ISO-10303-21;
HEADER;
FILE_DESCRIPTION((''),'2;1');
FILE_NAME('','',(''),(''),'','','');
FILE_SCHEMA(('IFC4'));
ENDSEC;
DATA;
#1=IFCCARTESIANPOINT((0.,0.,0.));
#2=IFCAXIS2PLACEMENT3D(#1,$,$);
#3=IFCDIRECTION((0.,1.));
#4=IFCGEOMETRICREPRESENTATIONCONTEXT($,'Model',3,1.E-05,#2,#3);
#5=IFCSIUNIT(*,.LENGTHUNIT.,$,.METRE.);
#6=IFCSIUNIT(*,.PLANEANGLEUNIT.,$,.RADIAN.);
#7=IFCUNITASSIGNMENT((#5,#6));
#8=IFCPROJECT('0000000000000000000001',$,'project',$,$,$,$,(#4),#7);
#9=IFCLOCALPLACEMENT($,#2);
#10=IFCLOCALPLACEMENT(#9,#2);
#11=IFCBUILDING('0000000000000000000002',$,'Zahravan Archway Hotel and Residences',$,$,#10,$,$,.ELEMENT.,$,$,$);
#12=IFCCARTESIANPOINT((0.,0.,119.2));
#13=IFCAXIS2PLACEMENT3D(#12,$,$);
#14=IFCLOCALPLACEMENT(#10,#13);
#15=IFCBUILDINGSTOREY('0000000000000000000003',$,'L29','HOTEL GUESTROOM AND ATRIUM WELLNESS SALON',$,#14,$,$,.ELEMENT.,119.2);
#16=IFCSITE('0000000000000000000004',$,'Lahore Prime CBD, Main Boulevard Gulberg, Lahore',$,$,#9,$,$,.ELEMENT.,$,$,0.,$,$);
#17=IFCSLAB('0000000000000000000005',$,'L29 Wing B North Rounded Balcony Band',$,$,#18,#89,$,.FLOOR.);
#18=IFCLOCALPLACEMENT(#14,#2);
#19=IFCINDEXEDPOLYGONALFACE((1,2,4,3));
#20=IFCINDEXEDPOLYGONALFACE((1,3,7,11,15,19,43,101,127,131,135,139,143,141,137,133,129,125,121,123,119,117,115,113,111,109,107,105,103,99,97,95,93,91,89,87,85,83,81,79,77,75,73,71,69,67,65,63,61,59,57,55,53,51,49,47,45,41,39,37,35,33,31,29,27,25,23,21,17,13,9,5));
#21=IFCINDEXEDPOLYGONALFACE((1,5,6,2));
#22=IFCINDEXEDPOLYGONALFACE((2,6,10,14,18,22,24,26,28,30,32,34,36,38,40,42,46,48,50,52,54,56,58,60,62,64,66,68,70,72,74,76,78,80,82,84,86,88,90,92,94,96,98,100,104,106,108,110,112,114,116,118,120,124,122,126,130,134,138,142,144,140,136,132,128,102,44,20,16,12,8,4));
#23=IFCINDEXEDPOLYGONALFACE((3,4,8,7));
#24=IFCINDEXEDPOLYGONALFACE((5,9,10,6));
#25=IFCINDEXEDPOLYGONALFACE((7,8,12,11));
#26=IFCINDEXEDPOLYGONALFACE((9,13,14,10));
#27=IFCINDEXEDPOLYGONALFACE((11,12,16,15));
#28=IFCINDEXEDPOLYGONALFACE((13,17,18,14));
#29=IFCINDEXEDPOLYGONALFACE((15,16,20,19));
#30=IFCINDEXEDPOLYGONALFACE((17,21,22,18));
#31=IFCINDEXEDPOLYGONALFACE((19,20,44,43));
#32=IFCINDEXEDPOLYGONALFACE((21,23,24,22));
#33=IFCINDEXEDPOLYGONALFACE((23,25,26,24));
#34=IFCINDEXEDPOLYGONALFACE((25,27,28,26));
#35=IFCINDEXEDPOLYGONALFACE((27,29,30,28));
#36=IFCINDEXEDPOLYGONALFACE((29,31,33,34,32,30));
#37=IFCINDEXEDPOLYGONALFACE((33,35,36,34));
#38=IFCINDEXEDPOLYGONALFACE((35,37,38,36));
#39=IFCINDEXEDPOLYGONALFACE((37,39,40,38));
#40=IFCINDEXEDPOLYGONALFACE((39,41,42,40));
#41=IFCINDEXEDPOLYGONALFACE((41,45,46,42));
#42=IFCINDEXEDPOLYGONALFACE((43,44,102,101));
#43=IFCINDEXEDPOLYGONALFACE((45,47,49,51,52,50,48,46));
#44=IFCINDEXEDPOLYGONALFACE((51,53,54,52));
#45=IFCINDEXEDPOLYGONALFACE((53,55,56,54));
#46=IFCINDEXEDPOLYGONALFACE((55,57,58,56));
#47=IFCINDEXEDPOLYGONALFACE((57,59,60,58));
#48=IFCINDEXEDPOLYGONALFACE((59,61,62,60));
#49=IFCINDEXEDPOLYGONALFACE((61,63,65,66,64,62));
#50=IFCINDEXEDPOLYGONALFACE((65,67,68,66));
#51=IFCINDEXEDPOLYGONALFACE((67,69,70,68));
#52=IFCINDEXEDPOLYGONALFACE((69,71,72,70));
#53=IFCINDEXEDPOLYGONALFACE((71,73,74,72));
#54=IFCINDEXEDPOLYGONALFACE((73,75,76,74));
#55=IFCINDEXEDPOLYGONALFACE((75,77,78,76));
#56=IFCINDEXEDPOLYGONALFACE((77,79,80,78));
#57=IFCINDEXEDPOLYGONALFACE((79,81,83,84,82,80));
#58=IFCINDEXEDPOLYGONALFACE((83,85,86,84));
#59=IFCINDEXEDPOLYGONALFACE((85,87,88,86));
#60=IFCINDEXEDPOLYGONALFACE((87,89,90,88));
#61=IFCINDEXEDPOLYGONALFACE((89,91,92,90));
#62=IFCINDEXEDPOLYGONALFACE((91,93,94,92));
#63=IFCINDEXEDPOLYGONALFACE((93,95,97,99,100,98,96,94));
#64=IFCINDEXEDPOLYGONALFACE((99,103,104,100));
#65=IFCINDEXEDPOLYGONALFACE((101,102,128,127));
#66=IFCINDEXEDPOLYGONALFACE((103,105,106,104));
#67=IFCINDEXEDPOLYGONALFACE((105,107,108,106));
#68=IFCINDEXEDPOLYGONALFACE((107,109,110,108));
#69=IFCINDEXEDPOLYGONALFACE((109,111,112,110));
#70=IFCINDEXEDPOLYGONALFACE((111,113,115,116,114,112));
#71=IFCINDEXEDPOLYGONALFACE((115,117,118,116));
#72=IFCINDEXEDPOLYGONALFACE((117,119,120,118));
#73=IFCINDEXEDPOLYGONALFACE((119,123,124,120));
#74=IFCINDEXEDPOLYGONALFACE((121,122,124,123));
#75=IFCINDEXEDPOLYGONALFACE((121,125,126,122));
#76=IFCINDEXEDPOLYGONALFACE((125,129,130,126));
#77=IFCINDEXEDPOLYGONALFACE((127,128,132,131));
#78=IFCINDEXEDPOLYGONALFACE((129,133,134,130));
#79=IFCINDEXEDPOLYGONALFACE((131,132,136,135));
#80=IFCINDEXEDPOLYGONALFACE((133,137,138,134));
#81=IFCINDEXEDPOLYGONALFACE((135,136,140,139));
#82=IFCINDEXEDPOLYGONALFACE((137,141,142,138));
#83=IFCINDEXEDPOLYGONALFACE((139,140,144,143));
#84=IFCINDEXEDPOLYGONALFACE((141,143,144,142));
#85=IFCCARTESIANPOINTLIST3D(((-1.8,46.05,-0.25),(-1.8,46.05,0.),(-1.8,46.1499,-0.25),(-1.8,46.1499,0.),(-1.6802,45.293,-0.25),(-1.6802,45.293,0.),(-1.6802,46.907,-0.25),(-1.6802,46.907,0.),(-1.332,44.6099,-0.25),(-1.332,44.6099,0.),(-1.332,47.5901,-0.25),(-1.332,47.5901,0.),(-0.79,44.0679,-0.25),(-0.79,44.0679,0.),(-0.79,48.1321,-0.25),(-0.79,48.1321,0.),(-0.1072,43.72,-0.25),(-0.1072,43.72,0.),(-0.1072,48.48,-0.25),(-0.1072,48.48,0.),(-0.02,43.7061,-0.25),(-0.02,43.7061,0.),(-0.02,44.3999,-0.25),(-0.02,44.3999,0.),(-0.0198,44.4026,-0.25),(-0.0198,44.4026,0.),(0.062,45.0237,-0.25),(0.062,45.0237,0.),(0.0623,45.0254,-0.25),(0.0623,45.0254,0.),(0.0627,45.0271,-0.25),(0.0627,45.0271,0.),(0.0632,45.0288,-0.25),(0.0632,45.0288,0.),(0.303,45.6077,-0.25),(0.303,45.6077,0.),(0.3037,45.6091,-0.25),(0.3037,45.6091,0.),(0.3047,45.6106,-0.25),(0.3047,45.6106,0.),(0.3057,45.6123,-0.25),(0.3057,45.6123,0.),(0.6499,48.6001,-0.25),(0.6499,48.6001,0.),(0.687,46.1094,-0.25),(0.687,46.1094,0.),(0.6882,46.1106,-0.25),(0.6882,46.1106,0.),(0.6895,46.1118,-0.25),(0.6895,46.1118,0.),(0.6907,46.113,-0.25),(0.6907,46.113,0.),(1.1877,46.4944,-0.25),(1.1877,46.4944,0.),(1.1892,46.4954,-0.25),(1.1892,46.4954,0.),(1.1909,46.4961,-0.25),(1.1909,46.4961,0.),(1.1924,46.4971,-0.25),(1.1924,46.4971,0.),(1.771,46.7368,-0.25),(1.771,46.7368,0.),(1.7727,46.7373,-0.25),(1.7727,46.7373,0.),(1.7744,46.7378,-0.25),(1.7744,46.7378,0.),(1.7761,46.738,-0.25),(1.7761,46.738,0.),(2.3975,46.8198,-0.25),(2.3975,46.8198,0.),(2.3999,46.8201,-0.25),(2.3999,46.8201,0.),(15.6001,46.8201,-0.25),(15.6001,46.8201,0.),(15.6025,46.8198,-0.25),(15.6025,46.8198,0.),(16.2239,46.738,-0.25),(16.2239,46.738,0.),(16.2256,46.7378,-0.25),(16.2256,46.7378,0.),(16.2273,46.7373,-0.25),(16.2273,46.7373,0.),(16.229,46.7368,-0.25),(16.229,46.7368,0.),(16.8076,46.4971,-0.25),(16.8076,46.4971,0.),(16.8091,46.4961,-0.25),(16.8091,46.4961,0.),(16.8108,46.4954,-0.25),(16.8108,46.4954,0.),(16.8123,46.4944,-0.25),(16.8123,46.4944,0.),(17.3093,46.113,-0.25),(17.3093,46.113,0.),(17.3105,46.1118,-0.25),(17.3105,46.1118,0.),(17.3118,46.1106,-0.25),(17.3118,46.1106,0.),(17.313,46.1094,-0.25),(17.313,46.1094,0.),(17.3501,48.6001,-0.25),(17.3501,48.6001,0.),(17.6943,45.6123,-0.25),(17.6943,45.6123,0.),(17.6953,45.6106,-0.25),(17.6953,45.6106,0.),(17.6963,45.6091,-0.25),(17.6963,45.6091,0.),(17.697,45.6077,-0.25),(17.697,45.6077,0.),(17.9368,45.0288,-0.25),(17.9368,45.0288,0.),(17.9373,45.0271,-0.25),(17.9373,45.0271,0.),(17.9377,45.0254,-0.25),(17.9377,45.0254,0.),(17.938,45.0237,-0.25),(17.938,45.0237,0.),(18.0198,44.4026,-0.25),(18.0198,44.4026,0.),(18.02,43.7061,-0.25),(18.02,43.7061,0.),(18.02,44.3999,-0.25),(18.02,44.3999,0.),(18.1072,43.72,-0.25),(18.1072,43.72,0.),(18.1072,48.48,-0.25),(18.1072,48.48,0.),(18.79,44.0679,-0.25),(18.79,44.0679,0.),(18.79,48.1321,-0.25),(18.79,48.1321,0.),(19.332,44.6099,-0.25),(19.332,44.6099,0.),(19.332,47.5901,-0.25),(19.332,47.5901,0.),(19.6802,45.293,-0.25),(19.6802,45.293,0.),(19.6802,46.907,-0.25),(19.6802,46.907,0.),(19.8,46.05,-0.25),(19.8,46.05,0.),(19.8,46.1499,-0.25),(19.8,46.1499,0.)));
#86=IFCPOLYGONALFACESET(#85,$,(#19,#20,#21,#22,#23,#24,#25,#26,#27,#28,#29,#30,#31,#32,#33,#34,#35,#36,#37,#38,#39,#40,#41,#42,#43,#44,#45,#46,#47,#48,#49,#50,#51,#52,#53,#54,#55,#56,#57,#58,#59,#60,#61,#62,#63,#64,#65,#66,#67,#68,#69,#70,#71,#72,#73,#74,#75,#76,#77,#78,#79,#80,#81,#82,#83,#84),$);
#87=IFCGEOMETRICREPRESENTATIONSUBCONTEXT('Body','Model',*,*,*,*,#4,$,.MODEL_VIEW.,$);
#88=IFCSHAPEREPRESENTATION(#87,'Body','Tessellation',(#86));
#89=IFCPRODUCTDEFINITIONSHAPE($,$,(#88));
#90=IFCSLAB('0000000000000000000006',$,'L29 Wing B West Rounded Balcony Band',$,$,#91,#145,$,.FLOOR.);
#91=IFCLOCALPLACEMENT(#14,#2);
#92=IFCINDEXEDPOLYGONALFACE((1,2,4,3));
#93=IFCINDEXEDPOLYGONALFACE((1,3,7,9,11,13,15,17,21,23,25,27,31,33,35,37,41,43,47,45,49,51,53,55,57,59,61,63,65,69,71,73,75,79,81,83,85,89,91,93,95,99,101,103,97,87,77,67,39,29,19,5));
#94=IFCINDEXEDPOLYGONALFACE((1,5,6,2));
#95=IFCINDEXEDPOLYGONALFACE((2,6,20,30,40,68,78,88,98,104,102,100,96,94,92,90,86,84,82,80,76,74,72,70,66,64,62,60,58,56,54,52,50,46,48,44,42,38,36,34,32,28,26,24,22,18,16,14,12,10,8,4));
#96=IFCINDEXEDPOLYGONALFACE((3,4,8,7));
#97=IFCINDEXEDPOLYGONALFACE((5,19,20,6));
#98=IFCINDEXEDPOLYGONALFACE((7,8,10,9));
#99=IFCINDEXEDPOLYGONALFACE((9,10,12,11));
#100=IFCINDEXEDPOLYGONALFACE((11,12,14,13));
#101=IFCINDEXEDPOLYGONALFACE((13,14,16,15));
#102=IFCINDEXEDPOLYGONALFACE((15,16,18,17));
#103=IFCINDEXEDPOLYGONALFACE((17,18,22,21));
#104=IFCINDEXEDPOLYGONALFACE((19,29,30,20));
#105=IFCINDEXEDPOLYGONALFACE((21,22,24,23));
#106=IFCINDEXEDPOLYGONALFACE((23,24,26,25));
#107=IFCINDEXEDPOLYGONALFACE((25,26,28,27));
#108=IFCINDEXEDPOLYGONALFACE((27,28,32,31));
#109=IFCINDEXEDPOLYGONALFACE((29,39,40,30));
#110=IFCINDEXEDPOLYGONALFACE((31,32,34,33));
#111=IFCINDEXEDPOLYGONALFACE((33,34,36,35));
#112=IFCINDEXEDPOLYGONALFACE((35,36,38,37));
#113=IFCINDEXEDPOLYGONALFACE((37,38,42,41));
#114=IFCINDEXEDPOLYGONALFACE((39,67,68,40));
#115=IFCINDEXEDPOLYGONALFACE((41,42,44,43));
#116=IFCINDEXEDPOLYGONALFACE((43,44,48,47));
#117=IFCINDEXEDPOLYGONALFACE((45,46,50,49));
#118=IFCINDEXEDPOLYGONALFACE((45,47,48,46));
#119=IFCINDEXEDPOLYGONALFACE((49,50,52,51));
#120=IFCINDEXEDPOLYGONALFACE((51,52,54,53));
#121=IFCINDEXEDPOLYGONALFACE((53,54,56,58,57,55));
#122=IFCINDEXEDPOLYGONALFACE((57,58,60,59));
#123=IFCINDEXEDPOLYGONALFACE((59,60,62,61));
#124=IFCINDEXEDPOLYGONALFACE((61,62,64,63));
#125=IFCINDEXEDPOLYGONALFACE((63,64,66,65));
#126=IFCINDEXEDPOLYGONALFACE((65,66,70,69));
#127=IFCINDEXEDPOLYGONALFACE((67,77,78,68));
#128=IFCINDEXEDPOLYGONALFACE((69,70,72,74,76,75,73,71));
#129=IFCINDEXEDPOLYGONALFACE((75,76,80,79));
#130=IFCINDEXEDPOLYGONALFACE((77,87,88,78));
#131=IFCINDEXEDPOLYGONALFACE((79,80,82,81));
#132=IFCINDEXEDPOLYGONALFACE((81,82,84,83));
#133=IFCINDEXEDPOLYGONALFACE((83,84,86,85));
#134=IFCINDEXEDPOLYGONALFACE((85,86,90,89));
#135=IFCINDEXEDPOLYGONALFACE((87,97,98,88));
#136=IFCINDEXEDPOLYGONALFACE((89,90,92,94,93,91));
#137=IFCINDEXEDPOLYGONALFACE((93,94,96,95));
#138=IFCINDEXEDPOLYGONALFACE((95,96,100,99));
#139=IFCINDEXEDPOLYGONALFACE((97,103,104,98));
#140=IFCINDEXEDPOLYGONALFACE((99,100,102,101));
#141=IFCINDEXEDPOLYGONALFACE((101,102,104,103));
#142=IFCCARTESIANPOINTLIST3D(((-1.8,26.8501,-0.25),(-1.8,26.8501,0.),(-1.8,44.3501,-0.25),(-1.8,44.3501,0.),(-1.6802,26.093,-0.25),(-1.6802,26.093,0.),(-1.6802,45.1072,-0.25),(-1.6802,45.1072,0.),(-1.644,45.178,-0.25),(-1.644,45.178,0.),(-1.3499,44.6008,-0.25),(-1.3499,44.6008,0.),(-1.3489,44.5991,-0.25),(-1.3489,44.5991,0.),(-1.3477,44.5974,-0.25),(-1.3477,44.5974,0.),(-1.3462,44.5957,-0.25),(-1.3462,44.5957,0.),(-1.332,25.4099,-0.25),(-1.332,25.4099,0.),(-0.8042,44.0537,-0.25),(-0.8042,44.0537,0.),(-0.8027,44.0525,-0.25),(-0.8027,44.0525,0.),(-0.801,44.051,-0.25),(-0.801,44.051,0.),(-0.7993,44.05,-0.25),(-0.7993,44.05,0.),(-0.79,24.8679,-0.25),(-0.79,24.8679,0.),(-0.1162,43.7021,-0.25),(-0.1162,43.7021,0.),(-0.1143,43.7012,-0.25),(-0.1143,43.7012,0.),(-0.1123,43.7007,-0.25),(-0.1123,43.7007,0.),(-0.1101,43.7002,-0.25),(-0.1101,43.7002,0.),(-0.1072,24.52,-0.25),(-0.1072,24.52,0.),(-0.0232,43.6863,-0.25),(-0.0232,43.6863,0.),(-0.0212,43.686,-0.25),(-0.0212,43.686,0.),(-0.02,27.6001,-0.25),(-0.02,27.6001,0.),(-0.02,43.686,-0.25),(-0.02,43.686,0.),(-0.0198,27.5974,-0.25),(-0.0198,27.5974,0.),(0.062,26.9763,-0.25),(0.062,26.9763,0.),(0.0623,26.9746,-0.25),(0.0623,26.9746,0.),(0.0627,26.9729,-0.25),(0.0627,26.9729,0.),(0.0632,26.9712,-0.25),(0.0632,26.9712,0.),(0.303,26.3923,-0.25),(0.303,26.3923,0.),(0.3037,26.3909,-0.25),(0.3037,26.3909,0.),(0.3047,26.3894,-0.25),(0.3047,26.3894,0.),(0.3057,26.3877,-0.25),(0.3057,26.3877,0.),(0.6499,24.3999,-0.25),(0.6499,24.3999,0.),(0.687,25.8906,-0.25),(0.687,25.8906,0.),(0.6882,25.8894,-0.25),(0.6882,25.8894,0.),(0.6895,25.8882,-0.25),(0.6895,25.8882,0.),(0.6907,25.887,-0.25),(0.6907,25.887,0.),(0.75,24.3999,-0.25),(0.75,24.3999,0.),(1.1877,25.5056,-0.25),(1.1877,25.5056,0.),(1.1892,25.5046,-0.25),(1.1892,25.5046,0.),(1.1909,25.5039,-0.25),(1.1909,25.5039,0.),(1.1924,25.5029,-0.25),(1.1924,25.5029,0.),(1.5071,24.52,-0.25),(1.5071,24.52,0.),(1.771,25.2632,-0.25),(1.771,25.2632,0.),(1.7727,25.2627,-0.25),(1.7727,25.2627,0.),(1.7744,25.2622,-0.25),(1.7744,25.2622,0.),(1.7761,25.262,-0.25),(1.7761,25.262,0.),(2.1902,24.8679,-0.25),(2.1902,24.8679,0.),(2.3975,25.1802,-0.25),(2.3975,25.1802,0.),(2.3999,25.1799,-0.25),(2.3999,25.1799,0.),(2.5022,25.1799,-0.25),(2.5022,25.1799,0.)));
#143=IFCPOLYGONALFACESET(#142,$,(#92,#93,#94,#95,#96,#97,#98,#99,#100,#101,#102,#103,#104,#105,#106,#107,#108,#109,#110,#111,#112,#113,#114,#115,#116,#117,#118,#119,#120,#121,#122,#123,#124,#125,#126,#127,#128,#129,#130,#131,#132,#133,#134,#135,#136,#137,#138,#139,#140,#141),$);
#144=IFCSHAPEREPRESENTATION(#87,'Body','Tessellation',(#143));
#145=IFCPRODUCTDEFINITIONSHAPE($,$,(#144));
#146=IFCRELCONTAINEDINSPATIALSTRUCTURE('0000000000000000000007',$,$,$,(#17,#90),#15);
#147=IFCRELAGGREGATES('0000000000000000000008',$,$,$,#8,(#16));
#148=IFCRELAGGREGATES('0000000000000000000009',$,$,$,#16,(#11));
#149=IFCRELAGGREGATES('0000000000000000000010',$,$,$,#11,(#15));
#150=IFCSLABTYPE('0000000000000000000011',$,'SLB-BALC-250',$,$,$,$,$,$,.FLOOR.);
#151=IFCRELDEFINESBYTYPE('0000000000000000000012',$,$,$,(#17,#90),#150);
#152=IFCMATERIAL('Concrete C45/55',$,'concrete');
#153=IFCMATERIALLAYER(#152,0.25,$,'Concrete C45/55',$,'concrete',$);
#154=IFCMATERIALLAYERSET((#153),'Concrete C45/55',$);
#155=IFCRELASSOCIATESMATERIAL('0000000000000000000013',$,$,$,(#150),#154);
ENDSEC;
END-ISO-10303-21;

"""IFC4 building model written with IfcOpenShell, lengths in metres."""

from ifc_helpers import new_model, si_unit, direction, frame, origin, place, context, subcontext, project, spatial, polyline, outline, extrude, material, layer, layer_set, type_object, element, save


model = new_model("IFC4")

# Units and contexts
model_context = context("Model", 3, precision=1e-05, world=origin(), true_north=direction((0.0, 1.0)))
body_context = subcontext(model_context, "Body", "Model", "MODEL_VIEW")
ifc_project = project(units=[si_unit("LENGTHUNIT", "METRE"), si_unit("PLANEANGLEUNIT", "RADIAN")], contexts=[model_context])

# Site, building, storey
site_placement = place(None, origin())
site = spatial("IfcSite", under=ifc_project, at=site_placement, Name="Lahore Prime CBD, Main Boulevard Gulberg, Lahore", CompositionType="ELEMENT", RefElevation=0.0)
building_placement = place(site_placement, origin())
building = spatial("IfcBuilding", under=site, at=building_placement, Name="Zahravan Archway Hotel and Residences", CompositionType="ELEMENT")
storey_placement = place(building_placement, frame((0.0, 0.0, 119.2)))
storey = spatial("IfcBuildingStorey", under=building, at=storey_placement, Name="L29", Description="HOTEL GUESTROOM AND ATRIUM WELLNESS SALON", CompositionType="ELEMENT", Elevation=119.2)

# Slabs
ifc_material_1 = material(Name="Concrete C45/55", Category="concrete")
ifc_layer_1 = layer(ifc_material_1, 0.25, Name="Concrete C45/55", Category="concrete")
ifc_layer_set_1 = layer_set([ifc_layer_1], Name="Concrete C45/55")
slab_type_1 = type_object("IfcSlabType", Name="SLB-BALC-250", PredefinedType="FLOOR", material=ifc_layer_set_1)
slab_1_placement = place(storey_placement, frame((0.0, 0.0, -0.25)))
element("IfcSlab", 1, at=slab_1_placement, inside=storey, type_object=slab_type_1, Name="L29 Wing B North Rounded Balcony Band", PredefinedType="FLOOR", context=body_context, shape_type="SweptSolid", body=[
    extrude(outline(polyline([(-0.1072, 43.72), (-0.79, 44.0679), (-1.332, 44.6099), (-1.6802, 45.293), (-1.8, 46.05), (-1.8, 46.1499), (-1.6802, 46.907), (-1.332, 47.5901), (-0.79, 48.1321), (-0.1072, 48.48), (0.6499, 48.6001), (17.3501, 48.6001), (18.1072, 48.48), (18.79, 48.1321), (19.332, 47.5901), (19.6802, 46.907), (19.8, 46.1499), (19.8, 46.05), (19.6802, 45.293), (19.332, 44.6099), (18.79, 44.0679), (18.1072, 43.72), (18.02, 43.7061), (18.02, 44.3999), (18.0198, 44.4026), (17.938, 45.0237), (17.9377, 45.0254), (17.9373, 45.0271), (17.9368, 45.0288), (17.697, 45.6077), (17.6963, 45.6091), (17.6953, 45.6106), (17.6943, 45.6123), (17.313, 46.1094), (17.3118, 46.1106), (17.3105, 46.1118), (17.3093, 46.113), (16.8123, 46.4944), (16.8108, 46.4954), (16.8091, 46.4961), (16.8076, 46.4971), (16.229, 46.7368), (16.2273, 46.7373), (16.2256, 46.7378), (16.2239, 46.738), (15.6025, 46.8198), (15.6001, 46.8201), (2.3999, 46.8201), (2.3975, 46.8198), (1.7761, 46.738), (1.7744, 46.7378), (1.7727, 46.7373), (1.771, 46.7368), (1.1924, 46.4971), (1.1909, 46.4961), (1.1892, 46.4954), (1.1877, 46.4944), (0.6907, 46.113), (0.6895, 46.1118), (0.6882, 46.1106), (0.687, 46.1094), (0.3057, 45.6123), (0.3047, 45.6106), (0.3037, 45.6091), (0.303, 45.6077), (0.0632, 45.0288), (0.0627, 45.0271), (0.0623, 45.0254), (0.062, 45.0237), (-0.0198, 44.4026), (-0.02, 44.3999), (-0.02, 43.7061), (-0.1072, 43.72)])), origin(), (0.0, 0.0, 1.0), 0.25),
])
slab_2_placement = place(storey_placement, frame((0.0, 0.0, -0.25)))
element("IfcSlab", 2, at=slab_2_placement, inside=storey, type_object=slab_type_1, Name="L29 Wing B West Rounded Balcony Band", PredefinedType="FLOOR", context=body_context, shape_type="SweptSolid", body=[
    extrude(outline(polyline([(2.1902, 24.8679), (1.5071, 24.52), (0.75, 24.3999), (0.6499, 24.3999), (-0.1072, 24.52), (-0.79, 24.8679), (-1.332, 25.4099), (-1.6802, 26.093), (-1.8, 26.8501), (-1.8, 44.3501), (-1.6802, 45.1072), (-1.644, 45.178), (-1.3499, 44.6008), (-1.3489, 44.5991), (-1.3477, 44.5974), (-1.3462, 44.5957), (-0.8042, 44.0537), (-0.8027, 44.0525), (-0.801, 44.051), (-0.7993, 44.05), (-0.1162, 43.7021), (-0.1143, 43.7012), (-0.1123, 43.7007), (-0.1101, 43.7002), (-0.0232, 43.6863), (-0.0212, 43.686), (-0.02, 43.686), (-0.02, 27.6001), (-0.0198, 27.5974), (0.062, 26.9763), (0.0623, 26.9746), (0.0627, 26.9729), (0.0632, 26.9712), (0.303, 26.3923), (0.3037, 26.3909), (0.3047, 26.3894), (0.3057, 26.3877), (0.687, 25.8906), (0.6882, 25.8894), (0.6895, 25.8882), (0.6907, 25.887), (1.1877, 25.5056), (1.1892, 25.5046), (1.1909, 25.5039), (1.1924, 25.5029), (1.771, 25.2632), (1.7727, 25.2627), (1.7744, 25.2622), (1.7761, 25.262), (2.3975, 25.1802), (2.3999, 25.1799), (2.5022, 25.1799), (2.1902, 24.8679)])), origin(), (0.0, 0.0, 1.0), 0.25),
])

save(model, "model.ifc")
